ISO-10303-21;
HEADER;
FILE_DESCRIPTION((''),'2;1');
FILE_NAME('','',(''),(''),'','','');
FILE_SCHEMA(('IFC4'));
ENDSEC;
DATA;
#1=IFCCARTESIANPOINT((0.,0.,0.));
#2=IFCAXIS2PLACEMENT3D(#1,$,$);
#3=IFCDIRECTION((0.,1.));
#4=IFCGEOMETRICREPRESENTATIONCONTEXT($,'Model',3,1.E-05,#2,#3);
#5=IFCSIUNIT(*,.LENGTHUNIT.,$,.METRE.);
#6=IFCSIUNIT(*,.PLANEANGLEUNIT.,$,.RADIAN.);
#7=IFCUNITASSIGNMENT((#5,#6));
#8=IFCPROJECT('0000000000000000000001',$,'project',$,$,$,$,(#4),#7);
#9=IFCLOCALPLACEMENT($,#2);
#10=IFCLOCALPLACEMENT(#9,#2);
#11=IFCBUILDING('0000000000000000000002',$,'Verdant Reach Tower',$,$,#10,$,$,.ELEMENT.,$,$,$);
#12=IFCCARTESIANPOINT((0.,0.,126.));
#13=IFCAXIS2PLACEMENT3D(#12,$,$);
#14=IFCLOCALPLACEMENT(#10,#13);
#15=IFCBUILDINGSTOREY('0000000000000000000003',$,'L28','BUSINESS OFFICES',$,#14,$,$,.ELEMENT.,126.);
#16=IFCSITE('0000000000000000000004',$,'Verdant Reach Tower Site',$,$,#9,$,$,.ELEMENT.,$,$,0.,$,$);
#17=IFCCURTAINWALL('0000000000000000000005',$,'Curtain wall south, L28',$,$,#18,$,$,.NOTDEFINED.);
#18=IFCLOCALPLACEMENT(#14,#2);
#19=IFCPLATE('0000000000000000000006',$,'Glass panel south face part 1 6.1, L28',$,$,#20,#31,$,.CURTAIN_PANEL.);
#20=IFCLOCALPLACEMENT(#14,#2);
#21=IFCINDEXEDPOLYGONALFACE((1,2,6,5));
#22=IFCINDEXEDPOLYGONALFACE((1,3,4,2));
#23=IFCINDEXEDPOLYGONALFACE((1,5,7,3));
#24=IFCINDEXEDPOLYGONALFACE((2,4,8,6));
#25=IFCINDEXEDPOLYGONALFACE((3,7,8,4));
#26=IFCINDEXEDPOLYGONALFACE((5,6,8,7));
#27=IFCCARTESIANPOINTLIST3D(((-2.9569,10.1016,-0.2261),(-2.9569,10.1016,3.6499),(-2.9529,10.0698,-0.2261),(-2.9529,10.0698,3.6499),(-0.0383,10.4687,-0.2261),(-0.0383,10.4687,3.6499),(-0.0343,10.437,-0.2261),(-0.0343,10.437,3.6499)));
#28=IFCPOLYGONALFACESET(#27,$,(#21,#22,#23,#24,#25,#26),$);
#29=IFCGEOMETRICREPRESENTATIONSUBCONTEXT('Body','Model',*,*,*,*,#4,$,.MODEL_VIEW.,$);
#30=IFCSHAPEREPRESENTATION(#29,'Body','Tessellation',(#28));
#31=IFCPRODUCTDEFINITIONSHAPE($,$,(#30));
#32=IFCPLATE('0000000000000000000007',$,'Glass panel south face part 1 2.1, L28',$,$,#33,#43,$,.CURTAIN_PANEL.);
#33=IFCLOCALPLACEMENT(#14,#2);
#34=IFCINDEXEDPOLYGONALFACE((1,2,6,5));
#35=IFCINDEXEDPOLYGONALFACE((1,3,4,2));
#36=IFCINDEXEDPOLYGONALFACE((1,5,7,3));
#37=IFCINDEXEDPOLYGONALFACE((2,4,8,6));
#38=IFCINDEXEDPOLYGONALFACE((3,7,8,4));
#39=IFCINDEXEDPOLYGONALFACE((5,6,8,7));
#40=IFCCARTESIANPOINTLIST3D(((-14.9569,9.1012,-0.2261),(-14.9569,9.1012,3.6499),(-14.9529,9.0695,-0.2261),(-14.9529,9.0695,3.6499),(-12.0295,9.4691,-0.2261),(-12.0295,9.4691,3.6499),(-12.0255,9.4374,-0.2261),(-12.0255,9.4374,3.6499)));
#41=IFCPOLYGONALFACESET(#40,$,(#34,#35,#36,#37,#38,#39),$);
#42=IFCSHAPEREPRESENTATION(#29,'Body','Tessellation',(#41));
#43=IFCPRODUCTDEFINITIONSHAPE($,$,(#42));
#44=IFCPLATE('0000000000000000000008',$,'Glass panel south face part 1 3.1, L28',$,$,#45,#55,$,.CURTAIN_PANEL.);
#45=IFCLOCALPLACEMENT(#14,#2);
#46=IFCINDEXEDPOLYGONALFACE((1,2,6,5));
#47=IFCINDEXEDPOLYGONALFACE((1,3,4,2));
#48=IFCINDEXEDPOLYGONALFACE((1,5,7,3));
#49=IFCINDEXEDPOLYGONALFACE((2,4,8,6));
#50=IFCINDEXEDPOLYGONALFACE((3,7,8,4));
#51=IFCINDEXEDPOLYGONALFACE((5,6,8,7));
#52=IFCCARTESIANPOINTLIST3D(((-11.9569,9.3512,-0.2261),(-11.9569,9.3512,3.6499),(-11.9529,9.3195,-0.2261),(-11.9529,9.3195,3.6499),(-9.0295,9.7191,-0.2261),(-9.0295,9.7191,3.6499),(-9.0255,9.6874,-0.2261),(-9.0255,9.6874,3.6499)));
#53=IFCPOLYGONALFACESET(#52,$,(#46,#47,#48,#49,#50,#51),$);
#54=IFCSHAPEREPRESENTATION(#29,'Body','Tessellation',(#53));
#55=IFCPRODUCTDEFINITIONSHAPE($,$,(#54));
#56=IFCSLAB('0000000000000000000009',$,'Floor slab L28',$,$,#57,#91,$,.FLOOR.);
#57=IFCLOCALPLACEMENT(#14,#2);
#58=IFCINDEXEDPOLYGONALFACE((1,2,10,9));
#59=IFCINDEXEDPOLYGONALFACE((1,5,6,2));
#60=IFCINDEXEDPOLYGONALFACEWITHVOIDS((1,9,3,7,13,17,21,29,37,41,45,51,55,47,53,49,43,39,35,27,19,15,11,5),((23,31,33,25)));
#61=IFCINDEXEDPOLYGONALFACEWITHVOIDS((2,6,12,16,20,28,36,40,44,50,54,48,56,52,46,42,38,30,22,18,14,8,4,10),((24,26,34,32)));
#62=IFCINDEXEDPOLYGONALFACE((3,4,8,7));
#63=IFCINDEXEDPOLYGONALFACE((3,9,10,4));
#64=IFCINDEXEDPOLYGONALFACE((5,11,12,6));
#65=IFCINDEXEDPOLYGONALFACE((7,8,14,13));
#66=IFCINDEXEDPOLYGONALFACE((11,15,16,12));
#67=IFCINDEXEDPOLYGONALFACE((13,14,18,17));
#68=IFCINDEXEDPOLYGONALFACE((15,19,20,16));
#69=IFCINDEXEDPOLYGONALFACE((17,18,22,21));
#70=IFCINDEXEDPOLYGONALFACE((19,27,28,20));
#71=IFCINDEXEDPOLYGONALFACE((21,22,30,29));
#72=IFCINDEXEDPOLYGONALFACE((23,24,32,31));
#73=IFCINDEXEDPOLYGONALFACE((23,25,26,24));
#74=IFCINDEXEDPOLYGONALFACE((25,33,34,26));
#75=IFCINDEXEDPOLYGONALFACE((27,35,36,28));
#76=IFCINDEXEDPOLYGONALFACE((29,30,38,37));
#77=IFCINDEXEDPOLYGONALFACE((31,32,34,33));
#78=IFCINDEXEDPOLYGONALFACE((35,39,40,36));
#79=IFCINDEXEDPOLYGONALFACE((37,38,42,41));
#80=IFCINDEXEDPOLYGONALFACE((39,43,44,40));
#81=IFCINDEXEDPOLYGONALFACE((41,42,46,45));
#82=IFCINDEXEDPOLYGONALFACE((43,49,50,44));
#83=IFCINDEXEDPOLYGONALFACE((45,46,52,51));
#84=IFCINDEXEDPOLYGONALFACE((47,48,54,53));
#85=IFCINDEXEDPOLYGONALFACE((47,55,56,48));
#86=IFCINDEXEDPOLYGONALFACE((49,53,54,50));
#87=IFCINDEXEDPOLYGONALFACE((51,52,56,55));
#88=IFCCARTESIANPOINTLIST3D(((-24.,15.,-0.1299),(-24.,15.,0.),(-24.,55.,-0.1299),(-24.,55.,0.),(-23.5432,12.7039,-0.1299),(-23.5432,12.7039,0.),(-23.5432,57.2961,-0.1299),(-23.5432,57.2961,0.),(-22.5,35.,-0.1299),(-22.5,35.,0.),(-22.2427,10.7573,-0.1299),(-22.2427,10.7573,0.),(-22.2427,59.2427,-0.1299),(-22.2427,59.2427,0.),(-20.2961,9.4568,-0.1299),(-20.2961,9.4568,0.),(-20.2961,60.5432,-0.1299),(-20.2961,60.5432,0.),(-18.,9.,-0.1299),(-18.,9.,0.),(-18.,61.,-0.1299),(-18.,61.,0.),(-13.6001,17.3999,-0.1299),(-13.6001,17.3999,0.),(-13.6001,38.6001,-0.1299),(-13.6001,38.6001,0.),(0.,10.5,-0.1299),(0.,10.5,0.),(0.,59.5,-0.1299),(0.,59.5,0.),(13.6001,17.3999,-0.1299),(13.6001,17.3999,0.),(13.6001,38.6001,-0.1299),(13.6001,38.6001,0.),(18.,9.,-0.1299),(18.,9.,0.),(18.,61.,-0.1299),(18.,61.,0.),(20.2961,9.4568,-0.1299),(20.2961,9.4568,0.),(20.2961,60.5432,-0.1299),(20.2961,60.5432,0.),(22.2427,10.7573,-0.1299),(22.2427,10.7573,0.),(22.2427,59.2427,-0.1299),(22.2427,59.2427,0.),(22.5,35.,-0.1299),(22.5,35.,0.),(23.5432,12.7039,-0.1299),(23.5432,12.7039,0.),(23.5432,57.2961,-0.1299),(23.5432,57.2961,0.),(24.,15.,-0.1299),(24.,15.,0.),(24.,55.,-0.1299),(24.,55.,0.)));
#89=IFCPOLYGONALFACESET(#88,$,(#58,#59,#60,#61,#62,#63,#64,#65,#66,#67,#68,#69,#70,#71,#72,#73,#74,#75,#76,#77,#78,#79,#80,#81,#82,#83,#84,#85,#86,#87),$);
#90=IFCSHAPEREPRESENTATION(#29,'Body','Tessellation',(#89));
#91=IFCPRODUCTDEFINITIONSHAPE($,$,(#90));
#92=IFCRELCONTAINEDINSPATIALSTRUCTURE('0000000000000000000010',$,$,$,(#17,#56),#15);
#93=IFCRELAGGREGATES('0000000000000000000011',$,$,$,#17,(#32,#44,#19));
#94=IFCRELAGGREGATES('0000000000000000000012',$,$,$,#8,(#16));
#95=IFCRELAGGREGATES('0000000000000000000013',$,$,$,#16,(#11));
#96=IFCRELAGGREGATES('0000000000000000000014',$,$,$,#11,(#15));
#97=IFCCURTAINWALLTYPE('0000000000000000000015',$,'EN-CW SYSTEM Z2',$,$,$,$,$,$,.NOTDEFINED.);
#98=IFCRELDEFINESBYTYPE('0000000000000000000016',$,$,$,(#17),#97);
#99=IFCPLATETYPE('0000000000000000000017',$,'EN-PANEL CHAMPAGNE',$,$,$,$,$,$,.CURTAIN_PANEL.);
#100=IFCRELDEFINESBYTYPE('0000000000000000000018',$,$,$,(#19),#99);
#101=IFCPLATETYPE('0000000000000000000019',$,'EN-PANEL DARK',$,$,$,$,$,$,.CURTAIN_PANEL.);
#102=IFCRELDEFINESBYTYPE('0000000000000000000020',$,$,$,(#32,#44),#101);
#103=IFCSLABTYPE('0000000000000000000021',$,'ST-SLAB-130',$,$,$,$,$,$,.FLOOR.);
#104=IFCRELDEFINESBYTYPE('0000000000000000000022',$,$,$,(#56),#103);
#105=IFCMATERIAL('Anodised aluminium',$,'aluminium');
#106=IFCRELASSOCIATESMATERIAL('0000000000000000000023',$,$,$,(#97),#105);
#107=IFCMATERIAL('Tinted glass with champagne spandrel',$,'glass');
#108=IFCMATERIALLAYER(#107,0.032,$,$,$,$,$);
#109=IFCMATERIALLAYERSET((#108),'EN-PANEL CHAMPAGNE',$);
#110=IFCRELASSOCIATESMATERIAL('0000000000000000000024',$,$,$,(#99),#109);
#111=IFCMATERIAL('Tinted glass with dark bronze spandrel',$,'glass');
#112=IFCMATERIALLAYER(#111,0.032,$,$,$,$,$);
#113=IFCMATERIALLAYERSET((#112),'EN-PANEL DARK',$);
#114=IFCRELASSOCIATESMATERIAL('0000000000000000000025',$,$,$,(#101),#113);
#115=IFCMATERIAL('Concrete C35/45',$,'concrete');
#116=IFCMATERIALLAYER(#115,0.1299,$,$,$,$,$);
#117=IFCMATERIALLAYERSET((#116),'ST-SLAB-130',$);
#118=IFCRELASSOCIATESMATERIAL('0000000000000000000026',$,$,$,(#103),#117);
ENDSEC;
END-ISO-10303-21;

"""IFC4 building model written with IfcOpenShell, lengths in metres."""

from ifc_helpers import new_model, si_unit, direction, frame, origin, origin_2d, place, context, subcontext, project, spatial, polyline, rectangle, outline, extrude, material, layer, layer_set, type_object, element, aggregate, save


model = new_model("IFC4")

# Units and contexts
model_context = context("Model", 3, precision=1e-05, world=origin(), true_north=direction((0.0, 1.0)))
body_context = subcontext(model_context, "Body", "Model", "MODEL_VIEW")
ifc_project = project(units=[si_unit("LENGTHUNIT", "METRE"), si_unit("PLANEANGLEUNIT", "RADIAN")], contexts=[model_context])

# Site, building, storey
site_placement = place(None, origin())
site = spatial("IfcSite", under=ifc_project, at=site_placement, Name="Verdant Reach Tower Site", CompositionType="ELEMENT", RefElevation=0.0)
building_placement = place(site_placement, origin())
building = spatial("IfcBuilding", under=site, at=building_placement, Name="Verdant Reach Tower", CompositionType="ELEMENT")
storey_placement = place(building_placement, frame((0.0, 0.0, 126.0)))
storey = spatial("IfcBuildingStorey", under=building, at=storey_placement, Name="L28", Description="BUSINESS OFFICES", CompositionType="ELEMENT", Elevation=126.0)

# Curtain wall
ifc_material_1 = material(Name="Anodised aluminium", Category="aluminium")
curtain_wall_type = type_object("IfcCurtainWallType", Name="EN-CW SYSTEM Z2", PredefinedType="NOTDEFINED", material=ifc_material_1)
curtain_wall_placement = place(storey_placement, origin())
curtain_wall = element("IfcCurtainWall", 1, at=curtain_wall_placement, inside=storey, type_object=curtain_wall_type, Name="Curtain wall south, L28", PredefinedType="NOTDEFINED")

# Plates
ifc_material_2 = material(Name="Tinted glass with champagne spandrel", Category="glass")
ifc_layer_1 = layer(ifc_material_2, 0.032)
ifc_layer_set_1 = layer_set([ifc_layer_1], Name="EN-PANEL CHAMPAGNE")
plate_type_1 = type_object("IfcPlateType", Name="EN-PANEL CHAMPAGNE", PredefinedType="CURTAIN_PANEL", material=ifc_layer_set_1)
plate_1_placement = place(storey_placement, frame((-1.4956, 10.2693, -0.2261), z_axis=(0.0, 0.0, 1.0), x_axis=(0.992179, 0.124825, 0.0)))
plate_1 = element("IfcPlate", 2, at=plate_1_placement, type_object=plate_type_1, Name="Glass panel south face part 1 6.1, L28", PredefinedType="CURTAIN_PANEL", context=body_context, shape_type="SweptSolid", body=[
    extrude(rectangle(XDim=2.9417, YDim=0.032, at=origin_2d()), origin(), (0.0, 0.0, 1.0), 3.876),
])
ifc_material_3 = material(Name="Tinted glass with dark bronze spandrel", Category="glass")
ifc_layer_2 = layer(ifc_material_3, 0.032)
ifc_layer_set_2 = layer_set([ifc_layer_2], Name="EN-PANEL DARK")
plate_type_2 = type_object("IfcPlateType", Name="EN-PANEL DARK", PredefinedType="CURTAIN_PANEL", material=ifc_layer_set_2)
plate_2_placement = place(storey_placement, frame((-13.4912, 9.2693, -0.2261), z_axis=(0.0, 0.0, 1.0), x_axis=(0.992194, 0.124704, 0.0)))
plate_2 = element("IfcPlate", 3, at=plate_2_placement, type_object=plate_type_2, Name="Glass panel south face part 1 2.1, L28", PredefinedType="CURTAIN_PANEL", context=body_context, shape_type="SweptSolid", body=[
    extrude(rectangle(XDim=2.9504, YDim=0.032, at=origin_2d()), origin(), (0.0, 0.0, 1.0), 3.876),
])
plate_3_placement = place(storey_placement, frame((-10.4912, 9.5193, -0.2261), z_axis=(0.0, 0.0, 1.0), x_axis=(0.992194, 0.124704, 0.0)))
plate_3 = element("IfcPlate", 4, at=plate_3_placement, type_object=plate_type_2, Name="Glass panel south face part 1 3.1, L28", PredefinedType="CURTAIN_PANEL", context=body_context, shape_type="SweptSolid", body=[
    extrude(rectangle(XDim=2.9504, YDim=0.032, at=origin_2d()), origin(), (0.0, 0.0, 1.0), 3.876),
])
aggregate(curtain_wall, [plate_2, plate_3, plate_1])

# Slab
ifc_material_4 = material(Name="Concrete C35/45", Category="concrete")
ifc_layer_3 = layer(ifc_material_4, 0.1299)
ifc_layer_set_3 = layer_set([ifc_layer_3], Name="ST-SLAB-130")
slab_type_1 = type_object("IfcSlabType", Name="ST-SLAB-130", PredefinedType="FLOOR", material=ifc_layer_set_3)
slab_1_placement = place(storey_placement, frame((0.0, 0.0, -0.1299)))
element("IfcSlab", 5, at=slab_1_placement, inside=storey, type_object=slab_type_1, Name="Floor slab L28", PredefinedType="FLOOR", context=body_context, shape_type="SweptSolid", body=[
    extrude(outline(polyline([(0.0, 10.5), (-18.0, 9.0), (-20.2961, 9.4568), (-22.2427, 10.7573), (-23.5432, 12.7039), (-24.0, 15.0), (-22.5, 35.0), (-24.0, 55.0), (-23.5432, 57.2961), (-22.2427, 59.2427), (-20.2961, 60.5432), (-18.0, 61.0), (0.0, 59.5), (18.0, 61.0), (20.2961, 60.5432), (22.2427, 59.2427), (23.5432, 57.2961), (24.0, 55.0), (22.5, 35.0), (24.0, 15.0), (23.5432, 12.7039), (22.2427, 10.7573), (20.2961, 9.4568), (18.0, 9.0), (0.0, 10.5)]), holes=[polyline([(13.6001, 38.6001), (-13.6001, 38.6001), (-13.6001, 17.3999), (13.6001, 17.3999), (13.6001, 38.6001)])]), origin(), (0.0, 0.0, 1.0), 0.1299),
])

save(model, "model.ifc")
